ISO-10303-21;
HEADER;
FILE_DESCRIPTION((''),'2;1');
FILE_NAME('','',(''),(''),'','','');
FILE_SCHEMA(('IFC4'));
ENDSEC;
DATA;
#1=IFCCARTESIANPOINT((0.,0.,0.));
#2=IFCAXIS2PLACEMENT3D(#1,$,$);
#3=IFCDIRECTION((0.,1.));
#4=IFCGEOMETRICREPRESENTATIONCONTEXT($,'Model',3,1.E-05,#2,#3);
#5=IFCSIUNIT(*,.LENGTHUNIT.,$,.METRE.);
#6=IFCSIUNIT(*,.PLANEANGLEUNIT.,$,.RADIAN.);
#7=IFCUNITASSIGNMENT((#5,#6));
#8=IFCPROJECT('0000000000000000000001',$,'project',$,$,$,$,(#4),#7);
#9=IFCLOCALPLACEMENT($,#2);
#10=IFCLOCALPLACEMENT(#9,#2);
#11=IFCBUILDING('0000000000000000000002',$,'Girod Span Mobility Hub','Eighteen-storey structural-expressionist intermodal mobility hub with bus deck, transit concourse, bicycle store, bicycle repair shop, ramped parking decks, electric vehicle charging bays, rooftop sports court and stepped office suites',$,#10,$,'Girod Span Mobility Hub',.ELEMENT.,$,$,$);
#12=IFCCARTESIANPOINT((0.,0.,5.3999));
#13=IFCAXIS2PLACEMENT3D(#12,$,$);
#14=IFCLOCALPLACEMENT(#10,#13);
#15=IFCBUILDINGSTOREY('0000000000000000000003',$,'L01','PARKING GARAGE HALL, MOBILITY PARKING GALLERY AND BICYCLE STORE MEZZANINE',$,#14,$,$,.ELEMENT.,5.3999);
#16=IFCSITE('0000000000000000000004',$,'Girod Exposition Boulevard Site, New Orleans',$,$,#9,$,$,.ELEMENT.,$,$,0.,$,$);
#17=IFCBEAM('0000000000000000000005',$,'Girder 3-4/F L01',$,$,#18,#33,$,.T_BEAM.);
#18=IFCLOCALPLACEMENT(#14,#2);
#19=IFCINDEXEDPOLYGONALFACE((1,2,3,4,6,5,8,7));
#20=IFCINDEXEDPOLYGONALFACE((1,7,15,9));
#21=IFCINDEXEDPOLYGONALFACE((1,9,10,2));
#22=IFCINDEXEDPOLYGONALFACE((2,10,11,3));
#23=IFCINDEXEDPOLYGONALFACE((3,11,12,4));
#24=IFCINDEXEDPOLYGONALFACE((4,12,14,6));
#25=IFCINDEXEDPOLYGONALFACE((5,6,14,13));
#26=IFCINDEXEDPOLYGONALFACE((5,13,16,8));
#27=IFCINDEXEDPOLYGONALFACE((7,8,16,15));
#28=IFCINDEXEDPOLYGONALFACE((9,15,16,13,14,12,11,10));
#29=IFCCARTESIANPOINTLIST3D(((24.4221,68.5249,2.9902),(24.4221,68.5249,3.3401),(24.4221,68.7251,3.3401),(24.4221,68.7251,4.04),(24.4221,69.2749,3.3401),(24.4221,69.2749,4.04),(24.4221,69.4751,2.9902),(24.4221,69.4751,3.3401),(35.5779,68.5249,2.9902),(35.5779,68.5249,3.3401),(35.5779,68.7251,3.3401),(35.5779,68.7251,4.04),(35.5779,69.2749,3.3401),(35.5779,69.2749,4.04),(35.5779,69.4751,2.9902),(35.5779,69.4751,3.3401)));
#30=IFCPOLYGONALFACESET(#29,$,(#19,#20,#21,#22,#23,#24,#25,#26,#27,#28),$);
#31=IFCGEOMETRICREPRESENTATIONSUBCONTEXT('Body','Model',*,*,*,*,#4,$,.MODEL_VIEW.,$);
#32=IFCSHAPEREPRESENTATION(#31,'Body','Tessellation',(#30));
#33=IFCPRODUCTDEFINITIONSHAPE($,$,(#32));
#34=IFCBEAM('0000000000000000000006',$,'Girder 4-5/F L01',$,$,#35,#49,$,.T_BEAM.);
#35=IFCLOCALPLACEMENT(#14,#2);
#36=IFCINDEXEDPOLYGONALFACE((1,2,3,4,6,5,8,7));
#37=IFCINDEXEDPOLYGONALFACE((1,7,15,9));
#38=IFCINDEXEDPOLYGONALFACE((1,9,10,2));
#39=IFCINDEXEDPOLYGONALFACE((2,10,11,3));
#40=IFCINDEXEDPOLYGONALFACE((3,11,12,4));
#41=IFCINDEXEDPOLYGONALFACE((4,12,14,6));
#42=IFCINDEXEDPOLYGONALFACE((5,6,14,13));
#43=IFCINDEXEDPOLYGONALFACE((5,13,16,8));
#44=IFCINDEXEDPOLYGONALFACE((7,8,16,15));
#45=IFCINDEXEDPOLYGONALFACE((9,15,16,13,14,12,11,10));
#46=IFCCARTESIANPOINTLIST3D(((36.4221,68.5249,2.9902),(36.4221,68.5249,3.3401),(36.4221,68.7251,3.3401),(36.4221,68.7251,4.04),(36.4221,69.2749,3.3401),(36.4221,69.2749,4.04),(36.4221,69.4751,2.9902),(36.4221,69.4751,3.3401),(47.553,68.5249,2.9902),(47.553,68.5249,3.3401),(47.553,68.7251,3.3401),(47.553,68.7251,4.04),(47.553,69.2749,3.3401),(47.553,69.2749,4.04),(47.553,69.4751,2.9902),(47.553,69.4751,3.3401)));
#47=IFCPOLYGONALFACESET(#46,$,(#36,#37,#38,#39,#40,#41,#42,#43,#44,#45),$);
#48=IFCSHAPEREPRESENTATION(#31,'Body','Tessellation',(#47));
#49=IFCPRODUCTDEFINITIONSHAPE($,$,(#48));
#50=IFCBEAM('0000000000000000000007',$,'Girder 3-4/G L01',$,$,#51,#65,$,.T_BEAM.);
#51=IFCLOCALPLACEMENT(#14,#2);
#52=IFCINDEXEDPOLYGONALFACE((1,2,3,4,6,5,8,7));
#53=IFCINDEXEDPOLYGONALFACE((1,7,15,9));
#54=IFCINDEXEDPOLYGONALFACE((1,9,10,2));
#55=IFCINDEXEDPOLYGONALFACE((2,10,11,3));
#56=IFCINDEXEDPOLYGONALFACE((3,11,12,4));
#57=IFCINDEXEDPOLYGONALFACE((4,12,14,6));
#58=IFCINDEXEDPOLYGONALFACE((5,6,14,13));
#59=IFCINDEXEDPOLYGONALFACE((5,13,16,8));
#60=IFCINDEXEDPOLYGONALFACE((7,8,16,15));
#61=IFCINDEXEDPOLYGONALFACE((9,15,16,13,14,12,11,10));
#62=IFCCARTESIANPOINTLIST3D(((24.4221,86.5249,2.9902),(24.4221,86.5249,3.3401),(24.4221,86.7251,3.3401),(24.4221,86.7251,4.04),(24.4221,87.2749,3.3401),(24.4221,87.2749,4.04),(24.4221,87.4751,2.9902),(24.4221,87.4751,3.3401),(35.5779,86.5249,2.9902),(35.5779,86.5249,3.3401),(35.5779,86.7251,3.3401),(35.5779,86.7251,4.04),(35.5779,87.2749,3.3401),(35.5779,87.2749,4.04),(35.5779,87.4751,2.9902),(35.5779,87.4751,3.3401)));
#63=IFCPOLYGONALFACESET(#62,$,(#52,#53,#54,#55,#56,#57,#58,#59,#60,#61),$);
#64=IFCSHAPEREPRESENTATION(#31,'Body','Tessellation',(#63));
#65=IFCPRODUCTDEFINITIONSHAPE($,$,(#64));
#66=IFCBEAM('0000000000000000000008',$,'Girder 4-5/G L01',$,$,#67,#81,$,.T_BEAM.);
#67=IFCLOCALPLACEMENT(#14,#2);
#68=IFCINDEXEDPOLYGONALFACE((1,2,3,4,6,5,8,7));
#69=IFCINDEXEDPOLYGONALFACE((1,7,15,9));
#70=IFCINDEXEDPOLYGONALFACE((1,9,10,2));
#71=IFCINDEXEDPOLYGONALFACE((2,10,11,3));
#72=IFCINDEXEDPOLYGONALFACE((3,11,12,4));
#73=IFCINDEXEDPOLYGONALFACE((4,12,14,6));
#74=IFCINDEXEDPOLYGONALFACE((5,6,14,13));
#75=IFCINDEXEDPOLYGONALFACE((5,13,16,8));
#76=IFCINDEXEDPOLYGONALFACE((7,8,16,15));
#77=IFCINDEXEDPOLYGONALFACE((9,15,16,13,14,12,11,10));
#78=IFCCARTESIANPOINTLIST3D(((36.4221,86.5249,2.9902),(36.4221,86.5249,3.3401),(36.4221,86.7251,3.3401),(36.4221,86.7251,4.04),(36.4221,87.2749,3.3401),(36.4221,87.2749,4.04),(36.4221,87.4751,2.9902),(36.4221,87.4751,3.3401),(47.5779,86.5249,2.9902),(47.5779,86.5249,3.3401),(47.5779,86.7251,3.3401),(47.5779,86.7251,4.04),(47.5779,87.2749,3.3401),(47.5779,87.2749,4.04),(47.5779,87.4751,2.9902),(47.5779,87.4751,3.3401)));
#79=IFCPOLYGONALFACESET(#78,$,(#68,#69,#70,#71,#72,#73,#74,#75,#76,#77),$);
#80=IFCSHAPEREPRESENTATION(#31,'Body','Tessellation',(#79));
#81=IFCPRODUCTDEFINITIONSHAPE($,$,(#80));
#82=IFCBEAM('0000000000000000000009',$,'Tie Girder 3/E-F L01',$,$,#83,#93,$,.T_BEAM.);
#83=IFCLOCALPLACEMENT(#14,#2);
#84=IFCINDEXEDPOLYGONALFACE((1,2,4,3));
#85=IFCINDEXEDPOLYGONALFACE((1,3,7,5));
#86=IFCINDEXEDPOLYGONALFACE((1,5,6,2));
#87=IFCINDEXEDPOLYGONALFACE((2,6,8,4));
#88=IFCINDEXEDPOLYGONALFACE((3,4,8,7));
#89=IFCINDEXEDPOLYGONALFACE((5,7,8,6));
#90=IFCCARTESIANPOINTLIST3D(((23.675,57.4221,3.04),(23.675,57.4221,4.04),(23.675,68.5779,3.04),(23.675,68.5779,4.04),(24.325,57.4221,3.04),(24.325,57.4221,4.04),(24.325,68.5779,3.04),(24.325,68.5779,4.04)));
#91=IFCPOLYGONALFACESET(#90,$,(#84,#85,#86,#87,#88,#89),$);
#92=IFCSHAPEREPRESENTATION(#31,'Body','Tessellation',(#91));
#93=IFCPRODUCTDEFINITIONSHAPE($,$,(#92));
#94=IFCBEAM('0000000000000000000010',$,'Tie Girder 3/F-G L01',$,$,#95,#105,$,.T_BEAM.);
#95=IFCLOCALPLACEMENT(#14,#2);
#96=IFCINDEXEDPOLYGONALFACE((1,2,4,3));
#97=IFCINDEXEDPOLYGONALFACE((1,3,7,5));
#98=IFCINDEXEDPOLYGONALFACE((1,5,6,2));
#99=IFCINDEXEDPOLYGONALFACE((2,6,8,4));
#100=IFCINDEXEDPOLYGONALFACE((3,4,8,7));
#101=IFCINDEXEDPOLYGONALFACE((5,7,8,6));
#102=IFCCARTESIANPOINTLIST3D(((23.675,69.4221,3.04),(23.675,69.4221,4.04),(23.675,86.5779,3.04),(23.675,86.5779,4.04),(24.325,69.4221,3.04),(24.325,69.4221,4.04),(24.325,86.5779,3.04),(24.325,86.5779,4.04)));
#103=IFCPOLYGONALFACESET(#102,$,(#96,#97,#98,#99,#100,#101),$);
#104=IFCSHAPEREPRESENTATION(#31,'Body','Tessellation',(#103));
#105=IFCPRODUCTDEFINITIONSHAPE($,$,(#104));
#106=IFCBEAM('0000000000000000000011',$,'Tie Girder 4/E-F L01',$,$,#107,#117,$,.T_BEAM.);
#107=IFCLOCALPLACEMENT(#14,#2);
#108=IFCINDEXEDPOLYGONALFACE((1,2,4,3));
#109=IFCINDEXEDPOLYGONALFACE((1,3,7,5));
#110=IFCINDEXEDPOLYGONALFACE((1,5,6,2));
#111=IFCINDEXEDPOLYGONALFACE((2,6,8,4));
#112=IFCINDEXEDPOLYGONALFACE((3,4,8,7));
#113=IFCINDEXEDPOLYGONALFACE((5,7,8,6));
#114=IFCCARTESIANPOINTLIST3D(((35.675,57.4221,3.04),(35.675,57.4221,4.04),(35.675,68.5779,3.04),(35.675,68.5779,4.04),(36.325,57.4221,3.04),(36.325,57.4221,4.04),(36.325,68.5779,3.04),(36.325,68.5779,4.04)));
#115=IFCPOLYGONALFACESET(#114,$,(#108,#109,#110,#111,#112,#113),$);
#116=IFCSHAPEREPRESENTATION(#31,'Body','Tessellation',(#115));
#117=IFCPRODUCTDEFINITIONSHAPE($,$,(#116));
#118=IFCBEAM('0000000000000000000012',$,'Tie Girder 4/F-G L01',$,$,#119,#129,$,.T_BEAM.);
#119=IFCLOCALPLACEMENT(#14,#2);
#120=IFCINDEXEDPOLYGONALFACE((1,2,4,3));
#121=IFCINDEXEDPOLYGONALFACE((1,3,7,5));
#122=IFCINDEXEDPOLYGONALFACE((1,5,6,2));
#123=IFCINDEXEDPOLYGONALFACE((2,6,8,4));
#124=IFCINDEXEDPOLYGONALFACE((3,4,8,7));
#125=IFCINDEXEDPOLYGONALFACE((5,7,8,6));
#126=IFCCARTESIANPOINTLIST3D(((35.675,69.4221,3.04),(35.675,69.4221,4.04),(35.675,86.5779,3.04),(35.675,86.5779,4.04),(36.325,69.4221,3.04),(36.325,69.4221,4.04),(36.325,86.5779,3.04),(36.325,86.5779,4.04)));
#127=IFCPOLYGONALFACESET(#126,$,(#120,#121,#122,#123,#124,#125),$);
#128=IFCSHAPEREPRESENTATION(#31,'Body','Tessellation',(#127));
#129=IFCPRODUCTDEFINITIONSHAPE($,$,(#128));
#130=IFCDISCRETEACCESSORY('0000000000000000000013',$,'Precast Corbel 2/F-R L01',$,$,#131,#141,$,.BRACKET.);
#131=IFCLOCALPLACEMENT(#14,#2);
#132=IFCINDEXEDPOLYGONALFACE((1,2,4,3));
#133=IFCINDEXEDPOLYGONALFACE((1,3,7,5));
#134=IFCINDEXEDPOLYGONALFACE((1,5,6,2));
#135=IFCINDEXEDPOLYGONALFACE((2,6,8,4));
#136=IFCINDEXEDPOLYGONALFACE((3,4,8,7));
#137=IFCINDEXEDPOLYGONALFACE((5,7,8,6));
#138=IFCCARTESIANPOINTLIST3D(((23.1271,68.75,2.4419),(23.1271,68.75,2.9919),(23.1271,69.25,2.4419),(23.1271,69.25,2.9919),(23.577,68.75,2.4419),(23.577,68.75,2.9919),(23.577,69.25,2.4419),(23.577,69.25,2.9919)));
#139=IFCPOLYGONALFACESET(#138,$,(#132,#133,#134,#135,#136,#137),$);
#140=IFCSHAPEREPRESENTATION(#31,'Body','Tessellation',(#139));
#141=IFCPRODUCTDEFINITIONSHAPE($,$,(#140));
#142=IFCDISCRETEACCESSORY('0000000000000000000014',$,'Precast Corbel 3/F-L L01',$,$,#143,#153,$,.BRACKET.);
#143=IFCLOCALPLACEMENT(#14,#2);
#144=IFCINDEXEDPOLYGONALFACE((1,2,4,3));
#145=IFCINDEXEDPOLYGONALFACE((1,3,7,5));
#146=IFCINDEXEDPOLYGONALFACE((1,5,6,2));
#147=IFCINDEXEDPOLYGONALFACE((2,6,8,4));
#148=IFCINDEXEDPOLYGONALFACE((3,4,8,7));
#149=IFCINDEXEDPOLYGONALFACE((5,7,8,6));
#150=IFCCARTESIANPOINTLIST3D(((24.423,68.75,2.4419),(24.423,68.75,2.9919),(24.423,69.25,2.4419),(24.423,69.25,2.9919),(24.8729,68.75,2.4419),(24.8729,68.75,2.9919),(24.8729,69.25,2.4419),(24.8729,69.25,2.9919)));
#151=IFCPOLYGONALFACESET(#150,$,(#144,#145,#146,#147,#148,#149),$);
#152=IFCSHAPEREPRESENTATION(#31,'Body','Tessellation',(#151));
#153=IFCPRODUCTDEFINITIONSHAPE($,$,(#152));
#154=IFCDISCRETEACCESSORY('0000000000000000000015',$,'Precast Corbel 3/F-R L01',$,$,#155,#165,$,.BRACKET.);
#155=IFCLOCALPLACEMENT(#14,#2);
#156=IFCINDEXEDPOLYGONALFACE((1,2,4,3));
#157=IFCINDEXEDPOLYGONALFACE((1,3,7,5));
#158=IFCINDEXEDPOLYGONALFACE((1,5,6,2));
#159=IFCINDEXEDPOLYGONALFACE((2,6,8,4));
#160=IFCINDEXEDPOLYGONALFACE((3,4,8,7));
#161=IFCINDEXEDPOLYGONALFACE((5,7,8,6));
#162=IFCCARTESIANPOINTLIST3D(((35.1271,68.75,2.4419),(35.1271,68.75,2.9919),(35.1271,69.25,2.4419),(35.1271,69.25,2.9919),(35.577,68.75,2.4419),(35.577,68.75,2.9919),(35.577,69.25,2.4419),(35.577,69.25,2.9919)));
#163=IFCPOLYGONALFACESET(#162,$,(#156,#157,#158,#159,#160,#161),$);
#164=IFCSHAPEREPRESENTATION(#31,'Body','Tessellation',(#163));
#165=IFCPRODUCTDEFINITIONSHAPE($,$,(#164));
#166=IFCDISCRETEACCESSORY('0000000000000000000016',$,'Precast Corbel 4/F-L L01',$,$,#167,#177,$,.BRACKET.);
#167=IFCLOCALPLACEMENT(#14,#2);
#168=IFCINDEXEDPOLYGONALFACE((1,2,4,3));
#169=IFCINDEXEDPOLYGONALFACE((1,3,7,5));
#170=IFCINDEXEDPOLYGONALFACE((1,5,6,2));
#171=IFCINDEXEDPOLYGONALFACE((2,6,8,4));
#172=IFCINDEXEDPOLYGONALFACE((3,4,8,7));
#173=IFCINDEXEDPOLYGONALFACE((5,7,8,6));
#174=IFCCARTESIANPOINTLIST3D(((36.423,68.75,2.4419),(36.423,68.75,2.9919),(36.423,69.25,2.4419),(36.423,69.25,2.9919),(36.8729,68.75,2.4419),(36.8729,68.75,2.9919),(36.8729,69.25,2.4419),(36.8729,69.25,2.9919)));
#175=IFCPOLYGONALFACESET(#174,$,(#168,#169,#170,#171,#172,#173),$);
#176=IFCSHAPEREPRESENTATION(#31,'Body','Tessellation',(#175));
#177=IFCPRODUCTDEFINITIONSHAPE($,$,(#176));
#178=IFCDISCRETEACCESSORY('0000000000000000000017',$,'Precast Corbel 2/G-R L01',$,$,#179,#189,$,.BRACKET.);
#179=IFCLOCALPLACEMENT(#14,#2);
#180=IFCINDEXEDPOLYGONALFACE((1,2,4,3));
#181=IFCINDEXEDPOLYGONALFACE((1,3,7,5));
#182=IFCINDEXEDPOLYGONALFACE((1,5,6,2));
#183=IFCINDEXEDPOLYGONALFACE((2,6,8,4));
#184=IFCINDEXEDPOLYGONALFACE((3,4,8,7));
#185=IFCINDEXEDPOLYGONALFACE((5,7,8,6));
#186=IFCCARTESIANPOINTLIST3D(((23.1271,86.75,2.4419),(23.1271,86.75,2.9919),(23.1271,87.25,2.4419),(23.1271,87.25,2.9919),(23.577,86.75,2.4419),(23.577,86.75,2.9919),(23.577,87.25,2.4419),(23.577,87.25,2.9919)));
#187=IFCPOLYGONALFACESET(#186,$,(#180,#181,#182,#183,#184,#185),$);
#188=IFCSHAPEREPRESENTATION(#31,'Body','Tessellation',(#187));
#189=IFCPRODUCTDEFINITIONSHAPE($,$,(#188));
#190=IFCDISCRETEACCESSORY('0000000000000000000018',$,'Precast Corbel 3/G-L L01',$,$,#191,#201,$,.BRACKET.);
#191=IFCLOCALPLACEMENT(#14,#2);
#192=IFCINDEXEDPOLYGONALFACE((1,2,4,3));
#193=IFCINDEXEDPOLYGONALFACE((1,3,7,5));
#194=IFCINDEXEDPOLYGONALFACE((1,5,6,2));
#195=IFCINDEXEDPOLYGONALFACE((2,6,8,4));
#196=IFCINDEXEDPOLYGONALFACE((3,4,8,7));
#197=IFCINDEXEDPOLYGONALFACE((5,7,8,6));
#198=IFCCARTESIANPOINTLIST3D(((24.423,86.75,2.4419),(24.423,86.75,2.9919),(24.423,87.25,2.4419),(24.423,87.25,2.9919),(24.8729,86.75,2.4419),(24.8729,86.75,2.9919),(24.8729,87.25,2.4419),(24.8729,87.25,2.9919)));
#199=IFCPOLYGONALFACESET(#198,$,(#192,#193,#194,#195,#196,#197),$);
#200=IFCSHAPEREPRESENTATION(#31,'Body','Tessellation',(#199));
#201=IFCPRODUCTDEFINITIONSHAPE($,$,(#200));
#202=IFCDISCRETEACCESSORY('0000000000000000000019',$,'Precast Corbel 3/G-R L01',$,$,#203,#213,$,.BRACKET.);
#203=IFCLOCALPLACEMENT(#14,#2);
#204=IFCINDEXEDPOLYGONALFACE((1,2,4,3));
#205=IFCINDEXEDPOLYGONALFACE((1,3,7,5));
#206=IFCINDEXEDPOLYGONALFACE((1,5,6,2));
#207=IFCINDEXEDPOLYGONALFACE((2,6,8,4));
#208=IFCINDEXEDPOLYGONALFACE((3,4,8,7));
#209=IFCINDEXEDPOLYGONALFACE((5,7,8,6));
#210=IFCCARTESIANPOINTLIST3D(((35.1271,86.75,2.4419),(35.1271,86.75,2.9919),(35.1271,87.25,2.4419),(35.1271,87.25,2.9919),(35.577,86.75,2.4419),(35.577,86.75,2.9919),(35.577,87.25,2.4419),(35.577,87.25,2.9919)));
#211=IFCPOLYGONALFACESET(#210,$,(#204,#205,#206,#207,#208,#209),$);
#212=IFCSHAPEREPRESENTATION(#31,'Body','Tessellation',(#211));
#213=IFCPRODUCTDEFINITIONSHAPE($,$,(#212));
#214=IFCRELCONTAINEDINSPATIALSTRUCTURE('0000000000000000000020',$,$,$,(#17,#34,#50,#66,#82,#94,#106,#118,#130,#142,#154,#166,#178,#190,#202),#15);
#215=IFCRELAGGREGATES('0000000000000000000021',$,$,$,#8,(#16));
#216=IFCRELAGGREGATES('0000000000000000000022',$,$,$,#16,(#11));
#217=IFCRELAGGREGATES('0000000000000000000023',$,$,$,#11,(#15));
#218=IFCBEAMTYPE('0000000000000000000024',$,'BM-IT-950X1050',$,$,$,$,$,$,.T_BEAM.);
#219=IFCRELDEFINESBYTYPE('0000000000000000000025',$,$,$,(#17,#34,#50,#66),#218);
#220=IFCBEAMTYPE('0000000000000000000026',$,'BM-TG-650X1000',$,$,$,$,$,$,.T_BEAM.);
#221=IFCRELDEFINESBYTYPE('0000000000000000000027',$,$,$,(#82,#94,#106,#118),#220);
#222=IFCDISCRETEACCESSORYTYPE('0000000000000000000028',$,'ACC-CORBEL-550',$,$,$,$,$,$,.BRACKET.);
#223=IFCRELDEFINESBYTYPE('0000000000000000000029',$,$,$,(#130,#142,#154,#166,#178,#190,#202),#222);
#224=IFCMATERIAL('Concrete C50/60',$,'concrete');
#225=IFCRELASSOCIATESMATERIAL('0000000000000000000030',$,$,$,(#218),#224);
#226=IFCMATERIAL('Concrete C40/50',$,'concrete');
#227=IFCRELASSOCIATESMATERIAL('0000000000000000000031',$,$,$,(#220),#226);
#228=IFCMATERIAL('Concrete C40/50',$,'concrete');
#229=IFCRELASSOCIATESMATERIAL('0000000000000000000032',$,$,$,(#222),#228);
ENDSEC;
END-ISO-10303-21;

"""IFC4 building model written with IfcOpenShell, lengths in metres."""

from ifc_helpers import new_model, si_unit, direction, frame, origin, origin_2d, place, context, subcontext, project, spatial, polyline, rectangle, outline, extrude, material, material_profile, profile_set, type_object, element, save


model = new_model("IFC4")

# Units and contexts
model_context = context("Model", 3, precision=1e-05, world=origin(), true_north=direction((0.0, 1.0)))
body_context = subcontext(model_context, "Body", "Model", "MODEL_VIEW")
ifc_project = project(units=[si_unit("LENGTHUNIT", "METRE"), si_unit("PLANEANGLEUNIT", "RADIAN")], contexts=[model_context])

# Site, building, storey
site_placement = place(None, origin())
site = spatial("IfcSite", under=ifc_project, at=site_placement, Name="Girod Exposition Boulevard Site, New Orleans", CompositionType="ELEMENT", RefElevation=0.0)
building_placement = place(site_placement, origin())
building = spatial("IfcBuilding", under=site, at=building_placement, Name="Girod Span Mobility Hub", Description="Eighteen-storey structural-expressionist intermodal mobility hub with bus deck, transit concourse, bicycle store, bicycle repair shop, ramped parking decks, electric vehicle charging bays, rooftop sports court and stepped office suites", LongName="Girod Span Mobility Hub", CompositionType="ELEMENT")
storey_placement = place(building_placement, frame((0.0, 0.0, 5.3999)))
storey = spatial("IfcBuildingStorey", under=building, at=storey_placement, Name="L01", Description="PARKING GARAGE HALL, MOBILITY PARKING GALLERY AND BICYCLE STORE MEZZANINE", CompositionType="ELEMENT", Elevation=5.3999)

# Beams
ifc_material_1 = material(Name="Concrete C50/60", Category="concrete")
ifc_material_profile_1 = material_profile(ifc_material_1, outline(polyline([(-0.4751, -0.5249), (0.4751, -0.5249), (0.4751, -0.175), (0.2749, -0.175), (0.2749, 0.5249), (-0.2749, 0.5249), (-0.2749, -0.175), (-0.4751, -0.175), (-0.4751, -0.5249)])), Name="IT-950X1050")
ifc_profile_set_1 = profile_set([ifc_material_profile_1], Name="Concrete C50/60")
beam_type_1 = type_object("IfcBeamType", Name="BM-IT-950X1050", PredefinedType="T_BEAM", material=ifc_profile_set_1)
beam_1_placement = place(storey_placement, frame((24.4221, 69.0, 3.5151), z_axis=(1.0, 0.0, 0.0), x_axis=(0.0, 1.0, 0.0)))
element("IfcBeam", 1, at=beam_1_placement, inside=storey, type_object=beam_type_1, Name="Girder 3-4/F L01", PredefinedType="T_BEAM", context=body_context, shape_type="SweptSolid", body=[
    extrude(outline(polyline([(-0.4751, -0.5249), (0.4751, -0.5249), (0.4751, -0.175), (0.2749, -0.175), (0.2749, 0.5249), (-0.2749, 0.5249), (-0.2749, -0.175), (-0.4751, -0.175), (-0.4751, -0.5249)])), origin(), (0.0, 0.0, 1.0), 11.1558),
])
beam_2_placement = place(storey_placement, frame((36.4221, 69.0, 3.5151), z_axis=(1.0, 0.0, 0.0), x_axis=(0.0, 1.0, 0.0)))
element("IfcBeam", 2, at=beam_2_placement, inside=storey, type_object=beam_type_1, Name="Girder 4-5/F L01", PredefinedType="T_BEAM", context=body_context, shape_type="SweptSolid", body=[
    extrude(outline(polyline([(-0.4751, -0.5249), (0.4751, -0.5249), (0.4751, -0.175), (0.2749, -0.175), (0.2749, 0.5249), (-0.2749, 0.5249), (-0.2749, -0.175), (-0.4751, -0.175), (-0.4751, -0.5249)])), origin(), (0.0, 0.0, 1.0), 11.1309),
])
for number, where, z_axis, x_axis, name in (
    (3, (24.4221, 87.0, 3.5151), (1.0, 0.0, 0.0), (0.0, 1.0, 0.0), "Girder 3-4/G L01"),
    (4, (36.4221, 87.0, 3.5151), (1.0, 0.0, 0.0), (0.0, 1.0, 0.0), "Girder 4-5/G L01"),
):
    element("IfcBeam", number, at=place(storey_placement, frame(where, z_axis=z_axis, x_axis=x_axis)), inside=storey, type_object=beam_type_1, Name=name, PredefinedType="T_BEAM", context=body_context, shape_type="SweptSolid", body=[
        extrude(outline(polyline([(-0.4751, -0.5249), (0.4751, -0.5249), (0.4751, -0.175), (0.2749, -0.175), (0.2749, 0.5249), (-0.2749, 0.5249), (-0.2749, -0.175), (-0.4751, -0.175), (-0.4751, -0.5249)])), origin(), (0.0, 0.0, 1.0), 11.1558),
    ])
ifc_material_2 = material(Name="Concrete C40/50", Category="concrete")
ifc_material_profile_2 = material_profile(ifc_material_2, rectangle(XDim=0.6499, YDim=1.0, at=origin_2d()), Name="TG-650X1000")
ifc_profile_set_2 = profile_set([ifc_material_profile_2], Name="Concrete C40/50")
beam_type_2 = type_object("IfcBeamType", Name="BM-TG-650X1000", PredefinedType="T_BEAM", material=ifc_profile_set_2)
beam_3_placement = place(storey_placement, frame((24.0, 57.4221, 3.54), z_axis=(0.0, 1.0, 0.0), x_axis=(-1.0, 0.0, 0.0)))
element("IfcBeam", 5, at=beam_3_placement, inside=storey, type_object=beam_type_2, Name="Tie Girder 3/E-F L01", PredefinedType="T_BEAM", context=body_context, shape_type="SweptSolid", body=[
    extrude(rectangle(XDim=0.6499, YDim=1.0, at=origin_2d()), origin(), (0.0, 0.0, 1.0), 11.1558),
])
beam_4_placement = place(storey_placement, frame((24.0, 69.4221, 3.54), z_axis=(0.0, 1.0, 0.0), x_axis=(-1.0, 0.0, 0.0)))
element("IfcBeam", 6, at=beam_4_placement, inside=storey, type_object=beam_type_2, Name="Tie Girder 3/F-G L01", PredefinedType="T_BEAM", context=body_context, shape_type="SweptSolid", body=[
    extrude(rectangle(XDim=0.6499, YDim=1.0, at=origin_2d()), origin(), (0.0, 0.0, 1.0), 17.1558),
])
beam_5_placement = place(storey_placement, frame((36.0, 57.4221, 3.54), z_axis=(0.0, 1.0, 0.0), x_axis=(-1.0, 0.0, 0.0)))
element("IfcBeam", 7, at=beam_5_placement, inside=storey, type_object=beam_type_2, Name="Tie Girder 4/E-F L01", PredefinedType="T_BEAM", context=body_context, shape_type="SweptSolid", body=[
    extrude(rectangle(XDim=0.6499, YDim=1.0, at=origin_2d()), origin(), (0.0, 0.0, 1.0), 11.1558),
])
beam_6_placement = place(storey_placement, frame((36.0, 69.4221, 3.54), z_axis=(0.0, 1.0, 0.0), x_axis=(-1.0, 0.0, 0.0)))
element("IfcBeam", 8, at=beam_6_placement, inside=storey, type_object=beam_type_2, Name="Tie Girder 4/F-G L01", PredefinedType="T_BEAM", context=body_context, shape_type="SweptSolid", body=[
    extrude(rectangle(XDim=0.6499, YDim=1.0, at=origin_2d()), origin(), (0.0, 0.0, 1.0), 17.1558),
])

# Discrete accessories
ifc_material_3 = material(Name="Concrete C40/50", Category="concrete")
discrete_accessory_type = type_object("IfcDiscreteAccessoryType", Name="ACC-CORBEL-550", PredefinedType="BRACKET", material=ifc_material_3)
for number, where, z_axis, x_axis, name in (
    (9, (23.3521, 69.0, 2.4419), (0.0, 0.0, 1.0), (1.0, 0.0, 0.0), "Precast Corbel 2/F-R L01"),
    (10, (24.6479, 69.0, 2.4419), (0.0, 0.0, 1.0), (1.0, 0.0, 0.0), "Precast Corbel 3/F-L L01"),
    (11, (35.3521, 69.0, 2.4419), (0.0, 0.0, 1.0), (1.0, 0.0, 0.0), "Precast Corbel 3/F-R L01"),
    (12, (36.6479, 69.0, 2.4419), (0.0, 0.0, 1.0), (1.0, 0.0, 0.0), "Precast Corbel 4/F-L L01"),
    (13, (23.3521, 87.0, 2.4419), (0.0, 0.0, 1.0), (1.0, 0.0, 0.0), "Precast Corbel 2/G-R L01"),
    (14, (24.6479, 87.0, 2.4419), (0.0, 0.0, 1.0), (1.0, 0.0, 0.0), "Precast Corbel 3/G-L L01"),
    (15, (35.3521, 87.0, 2.4419), (0.0, 0.0, 1.0), (1.0, 0.0, 0.0), "Precast Corbel 3/G-R L01"),
):
    element("IfcDiscreteAccessory", number, at=place(storey_placement, frame(where, z_axis=z_axis, x_axis=x_axis)), inside=storey, type_object=discrete_accessory_type, Name=name, PredefinedType="BRACKET", context=body_context, shape_type="SweptSolid", body=[
        extrude(rectangle(XDim=0.45, YDim=0.5, at=origin_2d()), origin(), (0.0, 0.0, 1.0), 0.55),
    ])

save(model, "model.ifc")
